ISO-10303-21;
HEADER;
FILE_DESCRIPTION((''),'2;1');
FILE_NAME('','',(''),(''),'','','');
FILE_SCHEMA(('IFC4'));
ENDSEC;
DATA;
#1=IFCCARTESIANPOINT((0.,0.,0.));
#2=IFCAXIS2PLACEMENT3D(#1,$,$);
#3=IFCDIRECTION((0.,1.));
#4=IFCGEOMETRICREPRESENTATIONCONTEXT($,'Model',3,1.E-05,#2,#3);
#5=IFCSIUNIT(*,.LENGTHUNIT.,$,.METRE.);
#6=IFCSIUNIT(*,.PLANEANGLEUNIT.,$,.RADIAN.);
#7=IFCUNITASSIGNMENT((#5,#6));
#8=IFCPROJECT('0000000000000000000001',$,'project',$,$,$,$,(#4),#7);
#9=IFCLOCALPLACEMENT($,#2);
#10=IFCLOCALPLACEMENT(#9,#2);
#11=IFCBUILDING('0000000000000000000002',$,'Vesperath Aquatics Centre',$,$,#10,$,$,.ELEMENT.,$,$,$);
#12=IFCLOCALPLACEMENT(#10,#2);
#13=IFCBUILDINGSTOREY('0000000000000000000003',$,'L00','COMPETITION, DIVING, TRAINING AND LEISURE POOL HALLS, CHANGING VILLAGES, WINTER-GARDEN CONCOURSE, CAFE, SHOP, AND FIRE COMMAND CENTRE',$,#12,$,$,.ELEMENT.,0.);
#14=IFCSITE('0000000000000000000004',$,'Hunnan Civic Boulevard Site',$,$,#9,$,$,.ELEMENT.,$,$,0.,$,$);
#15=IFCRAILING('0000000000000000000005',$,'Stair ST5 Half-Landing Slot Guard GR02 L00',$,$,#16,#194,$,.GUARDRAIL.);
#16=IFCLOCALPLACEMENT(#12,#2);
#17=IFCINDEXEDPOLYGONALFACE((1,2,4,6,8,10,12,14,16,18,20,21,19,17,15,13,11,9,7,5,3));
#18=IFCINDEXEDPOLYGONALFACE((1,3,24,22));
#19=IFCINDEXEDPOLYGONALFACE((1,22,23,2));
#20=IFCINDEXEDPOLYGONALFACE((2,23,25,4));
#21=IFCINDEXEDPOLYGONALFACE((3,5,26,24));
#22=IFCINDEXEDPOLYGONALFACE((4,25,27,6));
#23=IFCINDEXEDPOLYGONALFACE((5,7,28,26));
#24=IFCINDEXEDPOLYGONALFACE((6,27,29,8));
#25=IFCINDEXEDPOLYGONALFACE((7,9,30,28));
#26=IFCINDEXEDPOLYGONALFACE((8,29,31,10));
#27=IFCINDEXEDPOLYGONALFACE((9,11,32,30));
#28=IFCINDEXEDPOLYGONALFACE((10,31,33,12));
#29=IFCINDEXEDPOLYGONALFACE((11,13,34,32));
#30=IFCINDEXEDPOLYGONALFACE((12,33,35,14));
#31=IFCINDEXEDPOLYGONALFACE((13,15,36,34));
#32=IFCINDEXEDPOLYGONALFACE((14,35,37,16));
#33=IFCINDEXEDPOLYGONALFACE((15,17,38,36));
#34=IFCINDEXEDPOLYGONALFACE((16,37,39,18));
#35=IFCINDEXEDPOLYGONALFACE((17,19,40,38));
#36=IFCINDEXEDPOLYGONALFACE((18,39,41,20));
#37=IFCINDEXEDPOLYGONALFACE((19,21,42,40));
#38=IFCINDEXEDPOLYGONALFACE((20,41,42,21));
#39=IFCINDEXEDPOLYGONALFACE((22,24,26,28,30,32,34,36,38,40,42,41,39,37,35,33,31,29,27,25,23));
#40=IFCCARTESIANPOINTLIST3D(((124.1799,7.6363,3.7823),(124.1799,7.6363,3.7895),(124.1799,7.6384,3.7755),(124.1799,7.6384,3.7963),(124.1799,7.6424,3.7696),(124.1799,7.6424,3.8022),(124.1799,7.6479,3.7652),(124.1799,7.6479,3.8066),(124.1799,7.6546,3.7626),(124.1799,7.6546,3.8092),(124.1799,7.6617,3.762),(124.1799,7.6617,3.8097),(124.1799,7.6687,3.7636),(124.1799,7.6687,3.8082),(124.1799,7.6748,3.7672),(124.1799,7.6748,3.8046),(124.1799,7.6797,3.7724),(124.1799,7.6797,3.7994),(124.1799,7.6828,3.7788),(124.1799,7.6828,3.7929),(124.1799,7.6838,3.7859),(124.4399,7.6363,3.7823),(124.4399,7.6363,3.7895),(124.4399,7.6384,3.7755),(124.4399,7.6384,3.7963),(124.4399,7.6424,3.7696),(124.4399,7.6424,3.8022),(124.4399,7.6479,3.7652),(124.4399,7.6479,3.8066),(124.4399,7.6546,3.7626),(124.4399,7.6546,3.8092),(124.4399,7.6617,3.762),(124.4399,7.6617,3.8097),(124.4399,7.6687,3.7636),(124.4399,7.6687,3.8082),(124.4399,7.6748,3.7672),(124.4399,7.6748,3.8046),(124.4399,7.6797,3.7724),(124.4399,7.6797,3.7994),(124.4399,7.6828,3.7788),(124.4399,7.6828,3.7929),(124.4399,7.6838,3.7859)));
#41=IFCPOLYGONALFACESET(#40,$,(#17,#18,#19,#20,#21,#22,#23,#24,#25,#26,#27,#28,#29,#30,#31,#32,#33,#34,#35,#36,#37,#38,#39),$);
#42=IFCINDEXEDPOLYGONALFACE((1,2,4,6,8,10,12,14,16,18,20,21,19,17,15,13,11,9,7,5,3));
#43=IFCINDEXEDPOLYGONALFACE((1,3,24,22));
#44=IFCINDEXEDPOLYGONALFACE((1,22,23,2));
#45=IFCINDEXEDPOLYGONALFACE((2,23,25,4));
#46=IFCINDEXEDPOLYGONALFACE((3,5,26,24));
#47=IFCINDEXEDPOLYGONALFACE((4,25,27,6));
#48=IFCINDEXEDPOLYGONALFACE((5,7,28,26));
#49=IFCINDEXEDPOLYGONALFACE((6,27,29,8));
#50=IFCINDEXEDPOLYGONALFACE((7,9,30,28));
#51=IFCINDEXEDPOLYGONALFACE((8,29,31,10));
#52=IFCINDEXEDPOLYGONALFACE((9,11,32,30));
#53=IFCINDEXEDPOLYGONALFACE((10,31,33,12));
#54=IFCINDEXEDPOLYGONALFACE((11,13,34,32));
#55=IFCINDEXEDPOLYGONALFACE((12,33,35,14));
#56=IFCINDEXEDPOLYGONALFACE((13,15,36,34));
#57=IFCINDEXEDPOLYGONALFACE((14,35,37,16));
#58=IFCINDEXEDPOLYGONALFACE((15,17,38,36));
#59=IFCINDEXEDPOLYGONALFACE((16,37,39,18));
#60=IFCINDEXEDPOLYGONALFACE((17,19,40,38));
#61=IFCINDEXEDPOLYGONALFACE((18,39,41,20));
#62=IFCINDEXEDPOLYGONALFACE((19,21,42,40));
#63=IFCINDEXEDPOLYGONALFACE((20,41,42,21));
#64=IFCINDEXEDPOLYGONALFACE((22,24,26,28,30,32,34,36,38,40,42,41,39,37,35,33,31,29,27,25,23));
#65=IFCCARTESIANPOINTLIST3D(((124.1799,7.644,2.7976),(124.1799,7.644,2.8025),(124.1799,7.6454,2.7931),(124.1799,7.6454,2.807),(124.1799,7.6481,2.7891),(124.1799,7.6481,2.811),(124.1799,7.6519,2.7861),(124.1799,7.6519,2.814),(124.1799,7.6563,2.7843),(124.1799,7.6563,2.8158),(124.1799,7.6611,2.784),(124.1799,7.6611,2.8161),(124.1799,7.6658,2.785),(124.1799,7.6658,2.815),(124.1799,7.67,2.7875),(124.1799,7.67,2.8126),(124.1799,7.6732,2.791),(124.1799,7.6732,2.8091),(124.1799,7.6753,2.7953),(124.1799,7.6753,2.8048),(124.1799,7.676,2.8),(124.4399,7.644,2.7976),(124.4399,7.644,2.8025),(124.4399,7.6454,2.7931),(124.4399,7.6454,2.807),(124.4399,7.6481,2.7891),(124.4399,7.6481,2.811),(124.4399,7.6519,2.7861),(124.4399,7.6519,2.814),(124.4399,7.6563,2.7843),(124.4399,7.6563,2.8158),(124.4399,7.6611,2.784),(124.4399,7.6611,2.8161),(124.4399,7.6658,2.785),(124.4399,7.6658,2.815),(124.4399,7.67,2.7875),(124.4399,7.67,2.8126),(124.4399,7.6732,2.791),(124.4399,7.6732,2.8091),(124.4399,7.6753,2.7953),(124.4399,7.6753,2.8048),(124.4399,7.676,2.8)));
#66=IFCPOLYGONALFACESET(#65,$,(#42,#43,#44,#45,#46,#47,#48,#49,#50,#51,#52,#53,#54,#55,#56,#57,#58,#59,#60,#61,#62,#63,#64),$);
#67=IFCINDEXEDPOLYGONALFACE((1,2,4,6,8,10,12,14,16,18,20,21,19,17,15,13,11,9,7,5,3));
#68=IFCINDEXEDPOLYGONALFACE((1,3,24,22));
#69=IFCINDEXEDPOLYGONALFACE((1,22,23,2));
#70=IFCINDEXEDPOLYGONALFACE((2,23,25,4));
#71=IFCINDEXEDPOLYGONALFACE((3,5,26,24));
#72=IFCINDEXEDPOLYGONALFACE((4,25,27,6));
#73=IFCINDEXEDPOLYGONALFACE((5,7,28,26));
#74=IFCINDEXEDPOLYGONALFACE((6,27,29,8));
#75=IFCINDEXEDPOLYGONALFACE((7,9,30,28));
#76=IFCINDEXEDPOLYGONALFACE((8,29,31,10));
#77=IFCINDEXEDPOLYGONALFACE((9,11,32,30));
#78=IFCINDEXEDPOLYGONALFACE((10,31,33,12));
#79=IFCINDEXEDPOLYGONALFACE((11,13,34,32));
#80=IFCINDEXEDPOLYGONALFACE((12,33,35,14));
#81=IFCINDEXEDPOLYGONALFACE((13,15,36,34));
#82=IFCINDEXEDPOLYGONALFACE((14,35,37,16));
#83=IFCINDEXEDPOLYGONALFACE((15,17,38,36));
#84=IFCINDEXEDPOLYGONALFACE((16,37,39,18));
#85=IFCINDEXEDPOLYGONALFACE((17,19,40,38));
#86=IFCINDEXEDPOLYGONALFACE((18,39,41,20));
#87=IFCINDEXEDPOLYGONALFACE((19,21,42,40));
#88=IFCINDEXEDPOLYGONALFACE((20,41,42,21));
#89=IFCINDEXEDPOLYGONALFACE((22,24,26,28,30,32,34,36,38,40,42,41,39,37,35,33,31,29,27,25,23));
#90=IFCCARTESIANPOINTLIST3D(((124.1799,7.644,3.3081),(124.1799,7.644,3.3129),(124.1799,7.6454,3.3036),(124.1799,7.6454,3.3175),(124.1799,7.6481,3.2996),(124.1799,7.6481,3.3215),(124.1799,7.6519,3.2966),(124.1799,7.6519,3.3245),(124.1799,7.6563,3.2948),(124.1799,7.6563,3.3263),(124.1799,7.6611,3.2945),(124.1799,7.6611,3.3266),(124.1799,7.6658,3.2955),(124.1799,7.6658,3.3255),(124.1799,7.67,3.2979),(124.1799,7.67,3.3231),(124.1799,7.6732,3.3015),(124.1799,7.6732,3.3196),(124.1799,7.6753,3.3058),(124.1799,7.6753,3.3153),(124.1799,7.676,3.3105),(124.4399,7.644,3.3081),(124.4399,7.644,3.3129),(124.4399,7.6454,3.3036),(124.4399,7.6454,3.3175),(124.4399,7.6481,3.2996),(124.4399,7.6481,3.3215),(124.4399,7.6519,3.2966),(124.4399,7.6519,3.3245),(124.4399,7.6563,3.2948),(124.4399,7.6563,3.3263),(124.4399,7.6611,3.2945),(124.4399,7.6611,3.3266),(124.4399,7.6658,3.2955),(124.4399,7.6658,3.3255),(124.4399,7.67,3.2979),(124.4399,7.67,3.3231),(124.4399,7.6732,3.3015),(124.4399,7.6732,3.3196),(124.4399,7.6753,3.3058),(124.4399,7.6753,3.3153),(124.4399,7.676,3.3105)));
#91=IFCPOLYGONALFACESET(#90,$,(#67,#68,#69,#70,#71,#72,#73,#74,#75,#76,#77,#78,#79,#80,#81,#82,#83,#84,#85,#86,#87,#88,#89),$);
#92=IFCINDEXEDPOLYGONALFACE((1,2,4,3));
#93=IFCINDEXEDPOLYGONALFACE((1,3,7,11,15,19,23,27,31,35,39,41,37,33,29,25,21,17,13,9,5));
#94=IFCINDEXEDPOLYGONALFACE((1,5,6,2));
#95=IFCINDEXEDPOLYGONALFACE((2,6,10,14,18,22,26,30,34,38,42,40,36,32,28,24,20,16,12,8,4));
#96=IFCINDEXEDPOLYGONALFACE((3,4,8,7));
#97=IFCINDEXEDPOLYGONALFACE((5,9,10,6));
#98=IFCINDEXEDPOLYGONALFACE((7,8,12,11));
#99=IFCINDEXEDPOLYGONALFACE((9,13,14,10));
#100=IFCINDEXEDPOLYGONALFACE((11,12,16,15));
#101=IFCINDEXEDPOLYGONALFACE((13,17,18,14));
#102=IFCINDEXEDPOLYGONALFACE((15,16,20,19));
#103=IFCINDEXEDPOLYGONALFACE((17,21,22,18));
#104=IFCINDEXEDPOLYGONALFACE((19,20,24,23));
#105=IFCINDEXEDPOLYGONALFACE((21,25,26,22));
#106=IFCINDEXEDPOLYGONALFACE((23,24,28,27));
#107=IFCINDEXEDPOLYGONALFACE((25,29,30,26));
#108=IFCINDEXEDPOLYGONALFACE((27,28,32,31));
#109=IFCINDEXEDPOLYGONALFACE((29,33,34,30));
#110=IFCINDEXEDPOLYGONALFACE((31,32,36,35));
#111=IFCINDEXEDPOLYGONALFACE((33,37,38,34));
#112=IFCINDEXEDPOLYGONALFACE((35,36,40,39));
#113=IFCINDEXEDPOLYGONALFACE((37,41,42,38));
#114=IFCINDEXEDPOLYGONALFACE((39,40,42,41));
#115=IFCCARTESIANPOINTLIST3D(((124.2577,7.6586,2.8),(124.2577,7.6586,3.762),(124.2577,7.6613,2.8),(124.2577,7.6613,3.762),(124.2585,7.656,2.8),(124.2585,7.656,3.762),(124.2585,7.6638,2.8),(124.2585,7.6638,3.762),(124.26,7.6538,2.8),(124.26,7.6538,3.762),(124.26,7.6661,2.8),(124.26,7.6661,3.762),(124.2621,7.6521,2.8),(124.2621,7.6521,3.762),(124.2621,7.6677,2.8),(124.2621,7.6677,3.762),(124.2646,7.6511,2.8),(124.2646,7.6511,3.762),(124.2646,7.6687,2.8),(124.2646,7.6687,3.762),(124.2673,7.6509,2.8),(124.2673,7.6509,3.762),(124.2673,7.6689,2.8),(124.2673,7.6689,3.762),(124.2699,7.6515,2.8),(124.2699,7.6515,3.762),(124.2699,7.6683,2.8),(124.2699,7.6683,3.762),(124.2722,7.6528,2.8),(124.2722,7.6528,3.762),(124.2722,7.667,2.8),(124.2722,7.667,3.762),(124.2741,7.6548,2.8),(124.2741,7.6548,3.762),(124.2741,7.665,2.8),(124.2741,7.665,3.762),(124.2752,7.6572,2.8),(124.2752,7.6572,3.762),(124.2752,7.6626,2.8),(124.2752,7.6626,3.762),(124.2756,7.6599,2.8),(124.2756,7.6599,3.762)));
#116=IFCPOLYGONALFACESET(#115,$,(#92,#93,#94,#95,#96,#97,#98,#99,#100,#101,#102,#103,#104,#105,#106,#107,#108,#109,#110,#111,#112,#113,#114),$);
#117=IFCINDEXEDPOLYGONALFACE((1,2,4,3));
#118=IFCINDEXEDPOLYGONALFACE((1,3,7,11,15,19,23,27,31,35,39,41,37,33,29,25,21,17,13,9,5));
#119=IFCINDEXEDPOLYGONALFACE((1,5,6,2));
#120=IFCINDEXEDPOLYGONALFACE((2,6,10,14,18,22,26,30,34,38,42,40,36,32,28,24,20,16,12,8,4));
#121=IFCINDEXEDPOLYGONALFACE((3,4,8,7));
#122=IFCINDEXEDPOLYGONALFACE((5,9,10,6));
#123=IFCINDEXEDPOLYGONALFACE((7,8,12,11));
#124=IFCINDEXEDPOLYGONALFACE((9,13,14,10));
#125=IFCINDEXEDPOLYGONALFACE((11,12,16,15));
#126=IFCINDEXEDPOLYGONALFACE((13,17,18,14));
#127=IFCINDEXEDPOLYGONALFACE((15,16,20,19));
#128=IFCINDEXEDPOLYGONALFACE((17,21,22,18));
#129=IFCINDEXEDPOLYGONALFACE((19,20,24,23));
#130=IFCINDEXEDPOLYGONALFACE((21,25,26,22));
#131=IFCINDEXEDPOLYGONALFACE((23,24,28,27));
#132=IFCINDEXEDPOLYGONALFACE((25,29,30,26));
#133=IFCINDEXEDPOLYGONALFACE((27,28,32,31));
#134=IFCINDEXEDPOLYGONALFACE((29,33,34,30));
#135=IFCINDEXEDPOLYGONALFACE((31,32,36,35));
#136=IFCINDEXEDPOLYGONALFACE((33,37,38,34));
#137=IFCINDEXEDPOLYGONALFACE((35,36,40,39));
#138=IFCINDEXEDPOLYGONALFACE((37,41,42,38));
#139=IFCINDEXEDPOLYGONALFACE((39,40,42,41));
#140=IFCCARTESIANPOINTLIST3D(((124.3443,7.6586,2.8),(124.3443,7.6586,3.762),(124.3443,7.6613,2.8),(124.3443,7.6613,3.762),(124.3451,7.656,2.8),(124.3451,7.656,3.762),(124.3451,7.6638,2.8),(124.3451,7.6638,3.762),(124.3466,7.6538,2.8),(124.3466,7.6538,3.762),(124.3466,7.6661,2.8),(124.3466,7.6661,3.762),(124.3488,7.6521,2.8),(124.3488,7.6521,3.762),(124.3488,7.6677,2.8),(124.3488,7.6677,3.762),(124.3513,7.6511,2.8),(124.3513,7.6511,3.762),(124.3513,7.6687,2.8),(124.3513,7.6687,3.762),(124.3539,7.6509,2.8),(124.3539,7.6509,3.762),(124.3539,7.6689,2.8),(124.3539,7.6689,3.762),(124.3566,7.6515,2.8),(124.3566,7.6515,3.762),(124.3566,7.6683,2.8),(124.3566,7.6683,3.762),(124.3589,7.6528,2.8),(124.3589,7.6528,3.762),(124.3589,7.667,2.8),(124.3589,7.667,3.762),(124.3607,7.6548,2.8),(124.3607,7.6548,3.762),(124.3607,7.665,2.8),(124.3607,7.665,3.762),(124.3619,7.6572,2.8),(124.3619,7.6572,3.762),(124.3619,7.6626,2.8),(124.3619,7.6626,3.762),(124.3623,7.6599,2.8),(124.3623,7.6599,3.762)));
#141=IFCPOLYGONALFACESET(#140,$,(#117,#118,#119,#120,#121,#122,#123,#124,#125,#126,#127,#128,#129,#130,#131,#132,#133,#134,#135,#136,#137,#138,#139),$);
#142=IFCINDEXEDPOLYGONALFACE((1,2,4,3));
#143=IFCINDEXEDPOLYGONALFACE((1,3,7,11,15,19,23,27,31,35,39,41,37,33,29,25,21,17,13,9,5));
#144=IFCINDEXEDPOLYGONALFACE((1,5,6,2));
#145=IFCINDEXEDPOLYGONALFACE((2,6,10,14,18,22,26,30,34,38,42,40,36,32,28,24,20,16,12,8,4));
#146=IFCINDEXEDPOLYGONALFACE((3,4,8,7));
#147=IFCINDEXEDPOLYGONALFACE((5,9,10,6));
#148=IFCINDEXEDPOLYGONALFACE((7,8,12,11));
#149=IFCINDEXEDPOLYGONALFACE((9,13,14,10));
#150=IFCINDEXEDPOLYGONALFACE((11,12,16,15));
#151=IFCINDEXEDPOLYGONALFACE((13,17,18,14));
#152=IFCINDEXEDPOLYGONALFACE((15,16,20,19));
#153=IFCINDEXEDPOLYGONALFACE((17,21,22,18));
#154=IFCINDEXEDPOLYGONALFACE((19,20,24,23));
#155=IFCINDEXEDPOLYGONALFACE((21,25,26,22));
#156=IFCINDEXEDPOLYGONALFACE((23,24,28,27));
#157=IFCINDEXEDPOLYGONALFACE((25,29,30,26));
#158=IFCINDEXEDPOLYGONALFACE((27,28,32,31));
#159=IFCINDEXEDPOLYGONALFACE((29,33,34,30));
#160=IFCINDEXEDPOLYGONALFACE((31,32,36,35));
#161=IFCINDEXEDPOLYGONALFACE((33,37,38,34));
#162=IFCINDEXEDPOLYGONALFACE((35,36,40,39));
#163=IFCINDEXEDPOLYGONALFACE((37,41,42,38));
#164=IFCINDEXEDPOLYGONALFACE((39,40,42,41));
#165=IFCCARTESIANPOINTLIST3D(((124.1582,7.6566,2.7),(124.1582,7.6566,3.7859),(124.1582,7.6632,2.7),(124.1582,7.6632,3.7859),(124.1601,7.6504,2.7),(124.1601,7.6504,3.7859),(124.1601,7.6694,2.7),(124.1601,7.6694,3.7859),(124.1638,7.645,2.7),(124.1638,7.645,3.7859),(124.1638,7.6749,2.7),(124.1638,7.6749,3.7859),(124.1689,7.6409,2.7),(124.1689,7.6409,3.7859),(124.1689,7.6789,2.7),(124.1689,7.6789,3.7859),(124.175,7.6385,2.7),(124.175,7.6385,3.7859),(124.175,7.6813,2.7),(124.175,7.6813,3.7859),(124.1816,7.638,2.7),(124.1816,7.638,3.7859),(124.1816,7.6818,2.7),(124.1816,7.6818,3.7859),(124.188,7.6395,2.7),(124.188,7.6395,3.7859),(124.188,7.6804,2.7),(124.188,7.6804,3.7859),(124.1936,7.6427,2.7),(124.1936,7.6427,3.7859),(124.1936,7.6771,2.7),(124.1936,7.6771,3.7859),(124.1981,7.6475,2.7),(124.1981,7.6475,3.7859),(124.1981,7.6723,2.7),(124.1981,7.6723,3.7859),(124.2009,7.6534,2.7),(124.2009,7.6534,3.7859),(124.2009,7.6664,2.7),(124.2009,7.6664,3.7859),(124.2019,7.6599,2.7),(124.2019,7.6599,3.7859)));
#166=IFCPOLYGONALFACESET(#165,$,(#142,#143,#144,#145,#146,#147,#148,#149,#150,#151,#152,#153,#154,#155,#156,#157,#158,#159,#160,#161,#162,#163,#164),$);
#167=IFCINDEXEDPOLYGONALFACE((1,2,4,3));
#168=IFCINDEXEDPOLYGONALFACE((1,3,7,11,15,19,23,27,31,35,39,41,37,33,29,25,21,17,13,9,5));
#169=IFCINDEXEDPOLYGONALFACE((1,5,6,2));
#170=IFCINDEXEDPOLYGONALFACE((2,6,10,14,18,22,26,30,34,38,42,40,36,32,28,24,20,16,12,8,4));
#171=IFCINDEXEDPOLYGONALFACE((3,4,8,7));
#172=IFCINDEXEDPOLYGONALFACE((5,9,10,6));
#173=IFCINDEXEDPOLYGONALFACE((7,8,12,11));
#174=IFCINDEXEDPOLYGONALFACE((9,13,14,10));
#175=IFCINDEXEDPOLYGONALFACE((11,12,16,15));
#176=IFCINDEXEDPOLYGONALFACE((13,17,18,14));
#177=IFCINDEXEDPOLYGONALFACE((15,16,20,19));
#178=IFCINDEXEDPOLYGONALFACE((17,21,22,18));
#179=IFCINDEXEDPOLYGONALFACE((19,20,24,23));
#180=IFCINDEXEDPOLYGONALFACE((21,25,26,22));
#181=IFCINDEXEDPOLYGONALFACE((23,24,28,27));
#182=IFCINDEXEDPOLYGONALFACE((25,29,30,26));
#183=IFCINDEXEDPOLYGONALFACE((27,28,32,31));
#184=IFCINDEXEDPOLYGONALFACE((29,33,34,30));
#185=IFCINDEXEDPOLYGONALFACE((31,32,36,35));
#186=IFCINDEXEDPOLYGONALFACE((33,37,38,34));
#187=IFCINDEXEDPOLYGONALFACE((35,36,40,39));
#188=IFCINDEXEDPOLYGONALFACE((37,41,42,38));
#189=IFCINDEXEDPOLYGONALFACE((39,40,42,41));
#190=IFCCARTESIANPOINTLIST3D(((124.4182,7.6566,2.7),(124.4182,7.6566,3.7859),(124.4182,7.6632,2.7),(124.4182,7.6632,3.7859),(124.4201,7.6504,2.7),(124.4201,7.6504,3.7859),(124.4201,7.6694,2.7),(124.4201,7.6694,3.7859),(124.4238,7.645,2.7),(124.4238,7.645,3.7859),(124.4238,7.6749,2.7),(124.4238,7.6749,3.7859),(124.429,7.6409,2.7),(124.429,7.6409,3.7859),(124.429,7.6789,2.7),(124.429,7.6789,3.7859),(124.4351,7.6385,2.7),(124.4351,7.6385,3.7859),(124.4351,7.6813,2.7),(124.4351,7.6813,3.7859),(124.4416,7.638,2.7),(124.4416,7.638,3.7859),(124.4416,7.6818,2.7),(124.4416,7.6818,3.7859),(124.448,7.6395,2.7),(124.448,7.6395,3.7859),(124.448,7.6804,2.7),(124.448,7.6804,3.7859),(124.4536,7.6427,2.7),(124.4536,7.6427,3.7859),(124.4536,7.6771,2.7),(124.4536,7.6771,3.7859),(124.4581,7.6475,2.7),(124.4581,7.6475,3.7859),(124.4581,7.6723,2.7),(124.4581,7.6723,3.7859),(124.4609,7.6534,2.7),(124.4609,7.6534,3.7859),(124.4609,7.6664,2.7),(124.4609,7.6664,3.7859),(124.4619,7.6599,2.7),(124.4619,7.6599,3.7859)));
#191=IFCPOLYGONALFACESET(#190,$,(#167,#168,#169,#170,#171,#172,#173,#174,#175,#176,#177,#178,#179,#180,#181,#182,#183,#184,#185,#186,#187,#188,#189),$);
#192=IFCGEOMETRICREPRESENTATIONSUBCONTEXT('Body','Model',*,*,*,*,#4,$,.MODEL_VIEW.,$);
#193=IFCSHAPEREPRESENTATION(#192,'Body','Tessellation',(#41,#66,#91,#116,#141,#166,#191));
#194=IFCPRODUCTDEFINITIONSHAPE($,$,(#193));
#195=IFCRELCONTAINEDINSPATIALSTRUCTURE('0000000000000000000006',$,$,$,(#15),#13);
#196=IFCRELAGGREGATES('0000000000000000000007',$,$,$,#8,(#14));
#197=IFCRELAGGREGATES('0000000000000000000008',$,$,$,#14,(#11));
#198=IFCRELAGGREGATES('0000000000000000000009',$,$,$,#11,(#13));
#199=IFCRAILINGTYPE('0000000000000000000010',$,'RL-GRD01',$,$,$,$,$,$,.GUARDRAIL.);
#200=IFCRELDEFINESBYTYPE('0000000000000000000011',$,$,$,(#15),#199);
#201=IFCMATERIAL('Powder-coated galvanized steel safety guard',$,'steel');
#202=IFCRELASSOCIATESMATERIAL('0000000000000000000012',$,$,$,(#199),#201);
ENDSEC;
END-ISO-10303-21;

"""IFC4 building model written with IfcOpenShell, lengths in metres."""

from ifc_helpers import new_model, si_unit, direction, frame, origin, origin_2d, place, context, subcontext, project, spatial, circle, extrude, material, type_object, element, save


model = new_model("IFC4")

# Units and contexts
model_context = context("Model", 3, precision=1e-05, world=origin(), true_north=direction((0.0, 1.0)))
body_context = subcontext(model_context, "Body", "Model", "MODEL_VIEW")
ifc_project = project(units=[si_unit("LENGTHUNIT", "METRE"), si_unit("PLANEANGLEUNIT", "RADIAN")], contexts=[model_context])

# Site, building, storey
site_placement = place(None, origin())
site = spatial("IfcSite", under=ifc_project, at=site_placement, Name="Hunnan Civic Boulevard Site", CompositionType="ELEMENT", RefElevation=0.0)
building_placement = place(site_placement, origin())
building = spatial("IfcBuilding", under=site, at=building_placement, Name="Vesperath Aquatics Centre", CompositionType="ELEMENT")
storey_placement = place(building_placement, origin())
storey = spatial("IfcBuildingStorey", under=building, at=storey_placement, Name="L00", Description="COMPETITION, DIVING, TRAINING AND LEISURE POOL HALLS, CHANGING VILLAGES, WINTER-GARDEN CONCOURSE, CAFE, SHOP, AND FIRE COMMAND CENTRE", CompositionType="ELEMENT", Elevation=0.0)

# Railing
ifc_material_1 = material(Name="Powder-coated galvanized steel safety guard", Category="steel")
railing_type_1 = type_object("IfcRailingType", Name="RL-GRD01", PredefinedType="GUARDRAIL", material=ifc_material_1)
railing_1_placement = place(storey_placement, frame((124.1799, 7.6599, 2.7)))
element("IfcRailing", 1, at=railing_1_placement, inside=storey, type_object=railing_type_1, Name="Stair ST5 Half-Landing Slot Guard GR02 L00", PredefinedType="GUARDRAIL", context=body_context, shape_type="SweptSolid", body=[
    extrude(circle(Radius=0.0239, at=origin_2d()), frame((0.0, 0.0, 1.0859), z_axis=(1.0, 0.0, 0.0), x_axis=(0.0, 1.0, 0.0)), (0.0, 0.0, 1.0), 0.26),
    extrude(circle(Radius=0.0161, at=origin_2d()), frame((0.0, 0.0, 0.1001), z_axis=(1.0, 0.0, 0.0), x_axis=(0.0, 1.0, 0.0)), (0.0, 0.0, 1.0), 0.26),
    extrude(circle(Radius=0.0161, at=origin_2d()), frame((0.0, 0.0, 0.6106), z_axis=(1.0, 0.0, 0.0), x_axis=(0.0, 1.0, 0.0)), (0.0, 0.0, 1.0), 0.26),
    extrude(circle(Radius=0.009, at=origin_2d()), frame((0.0867, 0.0, 0.1001)), (0.0, 0.0, 1.0), 0.9619),
    extrude(circle(Radius=0.009, at=origin_2d()), frame((0.1733, 0.0, 0.1001)), (0.0, 0.0, 1.0), 0.9619),
    extrude(circle(Radius=0.022, at=origin_2d()), origin(), (0.0, 0.0, 1.0), 1.0859),
    extrude(circle(Radius=0.022, at=origin_2d()), frame((0.26, 0.0, 0.0)), (0.0, 0.0, 1.0), 1.0859),
])

save(model, "model.ifc")
